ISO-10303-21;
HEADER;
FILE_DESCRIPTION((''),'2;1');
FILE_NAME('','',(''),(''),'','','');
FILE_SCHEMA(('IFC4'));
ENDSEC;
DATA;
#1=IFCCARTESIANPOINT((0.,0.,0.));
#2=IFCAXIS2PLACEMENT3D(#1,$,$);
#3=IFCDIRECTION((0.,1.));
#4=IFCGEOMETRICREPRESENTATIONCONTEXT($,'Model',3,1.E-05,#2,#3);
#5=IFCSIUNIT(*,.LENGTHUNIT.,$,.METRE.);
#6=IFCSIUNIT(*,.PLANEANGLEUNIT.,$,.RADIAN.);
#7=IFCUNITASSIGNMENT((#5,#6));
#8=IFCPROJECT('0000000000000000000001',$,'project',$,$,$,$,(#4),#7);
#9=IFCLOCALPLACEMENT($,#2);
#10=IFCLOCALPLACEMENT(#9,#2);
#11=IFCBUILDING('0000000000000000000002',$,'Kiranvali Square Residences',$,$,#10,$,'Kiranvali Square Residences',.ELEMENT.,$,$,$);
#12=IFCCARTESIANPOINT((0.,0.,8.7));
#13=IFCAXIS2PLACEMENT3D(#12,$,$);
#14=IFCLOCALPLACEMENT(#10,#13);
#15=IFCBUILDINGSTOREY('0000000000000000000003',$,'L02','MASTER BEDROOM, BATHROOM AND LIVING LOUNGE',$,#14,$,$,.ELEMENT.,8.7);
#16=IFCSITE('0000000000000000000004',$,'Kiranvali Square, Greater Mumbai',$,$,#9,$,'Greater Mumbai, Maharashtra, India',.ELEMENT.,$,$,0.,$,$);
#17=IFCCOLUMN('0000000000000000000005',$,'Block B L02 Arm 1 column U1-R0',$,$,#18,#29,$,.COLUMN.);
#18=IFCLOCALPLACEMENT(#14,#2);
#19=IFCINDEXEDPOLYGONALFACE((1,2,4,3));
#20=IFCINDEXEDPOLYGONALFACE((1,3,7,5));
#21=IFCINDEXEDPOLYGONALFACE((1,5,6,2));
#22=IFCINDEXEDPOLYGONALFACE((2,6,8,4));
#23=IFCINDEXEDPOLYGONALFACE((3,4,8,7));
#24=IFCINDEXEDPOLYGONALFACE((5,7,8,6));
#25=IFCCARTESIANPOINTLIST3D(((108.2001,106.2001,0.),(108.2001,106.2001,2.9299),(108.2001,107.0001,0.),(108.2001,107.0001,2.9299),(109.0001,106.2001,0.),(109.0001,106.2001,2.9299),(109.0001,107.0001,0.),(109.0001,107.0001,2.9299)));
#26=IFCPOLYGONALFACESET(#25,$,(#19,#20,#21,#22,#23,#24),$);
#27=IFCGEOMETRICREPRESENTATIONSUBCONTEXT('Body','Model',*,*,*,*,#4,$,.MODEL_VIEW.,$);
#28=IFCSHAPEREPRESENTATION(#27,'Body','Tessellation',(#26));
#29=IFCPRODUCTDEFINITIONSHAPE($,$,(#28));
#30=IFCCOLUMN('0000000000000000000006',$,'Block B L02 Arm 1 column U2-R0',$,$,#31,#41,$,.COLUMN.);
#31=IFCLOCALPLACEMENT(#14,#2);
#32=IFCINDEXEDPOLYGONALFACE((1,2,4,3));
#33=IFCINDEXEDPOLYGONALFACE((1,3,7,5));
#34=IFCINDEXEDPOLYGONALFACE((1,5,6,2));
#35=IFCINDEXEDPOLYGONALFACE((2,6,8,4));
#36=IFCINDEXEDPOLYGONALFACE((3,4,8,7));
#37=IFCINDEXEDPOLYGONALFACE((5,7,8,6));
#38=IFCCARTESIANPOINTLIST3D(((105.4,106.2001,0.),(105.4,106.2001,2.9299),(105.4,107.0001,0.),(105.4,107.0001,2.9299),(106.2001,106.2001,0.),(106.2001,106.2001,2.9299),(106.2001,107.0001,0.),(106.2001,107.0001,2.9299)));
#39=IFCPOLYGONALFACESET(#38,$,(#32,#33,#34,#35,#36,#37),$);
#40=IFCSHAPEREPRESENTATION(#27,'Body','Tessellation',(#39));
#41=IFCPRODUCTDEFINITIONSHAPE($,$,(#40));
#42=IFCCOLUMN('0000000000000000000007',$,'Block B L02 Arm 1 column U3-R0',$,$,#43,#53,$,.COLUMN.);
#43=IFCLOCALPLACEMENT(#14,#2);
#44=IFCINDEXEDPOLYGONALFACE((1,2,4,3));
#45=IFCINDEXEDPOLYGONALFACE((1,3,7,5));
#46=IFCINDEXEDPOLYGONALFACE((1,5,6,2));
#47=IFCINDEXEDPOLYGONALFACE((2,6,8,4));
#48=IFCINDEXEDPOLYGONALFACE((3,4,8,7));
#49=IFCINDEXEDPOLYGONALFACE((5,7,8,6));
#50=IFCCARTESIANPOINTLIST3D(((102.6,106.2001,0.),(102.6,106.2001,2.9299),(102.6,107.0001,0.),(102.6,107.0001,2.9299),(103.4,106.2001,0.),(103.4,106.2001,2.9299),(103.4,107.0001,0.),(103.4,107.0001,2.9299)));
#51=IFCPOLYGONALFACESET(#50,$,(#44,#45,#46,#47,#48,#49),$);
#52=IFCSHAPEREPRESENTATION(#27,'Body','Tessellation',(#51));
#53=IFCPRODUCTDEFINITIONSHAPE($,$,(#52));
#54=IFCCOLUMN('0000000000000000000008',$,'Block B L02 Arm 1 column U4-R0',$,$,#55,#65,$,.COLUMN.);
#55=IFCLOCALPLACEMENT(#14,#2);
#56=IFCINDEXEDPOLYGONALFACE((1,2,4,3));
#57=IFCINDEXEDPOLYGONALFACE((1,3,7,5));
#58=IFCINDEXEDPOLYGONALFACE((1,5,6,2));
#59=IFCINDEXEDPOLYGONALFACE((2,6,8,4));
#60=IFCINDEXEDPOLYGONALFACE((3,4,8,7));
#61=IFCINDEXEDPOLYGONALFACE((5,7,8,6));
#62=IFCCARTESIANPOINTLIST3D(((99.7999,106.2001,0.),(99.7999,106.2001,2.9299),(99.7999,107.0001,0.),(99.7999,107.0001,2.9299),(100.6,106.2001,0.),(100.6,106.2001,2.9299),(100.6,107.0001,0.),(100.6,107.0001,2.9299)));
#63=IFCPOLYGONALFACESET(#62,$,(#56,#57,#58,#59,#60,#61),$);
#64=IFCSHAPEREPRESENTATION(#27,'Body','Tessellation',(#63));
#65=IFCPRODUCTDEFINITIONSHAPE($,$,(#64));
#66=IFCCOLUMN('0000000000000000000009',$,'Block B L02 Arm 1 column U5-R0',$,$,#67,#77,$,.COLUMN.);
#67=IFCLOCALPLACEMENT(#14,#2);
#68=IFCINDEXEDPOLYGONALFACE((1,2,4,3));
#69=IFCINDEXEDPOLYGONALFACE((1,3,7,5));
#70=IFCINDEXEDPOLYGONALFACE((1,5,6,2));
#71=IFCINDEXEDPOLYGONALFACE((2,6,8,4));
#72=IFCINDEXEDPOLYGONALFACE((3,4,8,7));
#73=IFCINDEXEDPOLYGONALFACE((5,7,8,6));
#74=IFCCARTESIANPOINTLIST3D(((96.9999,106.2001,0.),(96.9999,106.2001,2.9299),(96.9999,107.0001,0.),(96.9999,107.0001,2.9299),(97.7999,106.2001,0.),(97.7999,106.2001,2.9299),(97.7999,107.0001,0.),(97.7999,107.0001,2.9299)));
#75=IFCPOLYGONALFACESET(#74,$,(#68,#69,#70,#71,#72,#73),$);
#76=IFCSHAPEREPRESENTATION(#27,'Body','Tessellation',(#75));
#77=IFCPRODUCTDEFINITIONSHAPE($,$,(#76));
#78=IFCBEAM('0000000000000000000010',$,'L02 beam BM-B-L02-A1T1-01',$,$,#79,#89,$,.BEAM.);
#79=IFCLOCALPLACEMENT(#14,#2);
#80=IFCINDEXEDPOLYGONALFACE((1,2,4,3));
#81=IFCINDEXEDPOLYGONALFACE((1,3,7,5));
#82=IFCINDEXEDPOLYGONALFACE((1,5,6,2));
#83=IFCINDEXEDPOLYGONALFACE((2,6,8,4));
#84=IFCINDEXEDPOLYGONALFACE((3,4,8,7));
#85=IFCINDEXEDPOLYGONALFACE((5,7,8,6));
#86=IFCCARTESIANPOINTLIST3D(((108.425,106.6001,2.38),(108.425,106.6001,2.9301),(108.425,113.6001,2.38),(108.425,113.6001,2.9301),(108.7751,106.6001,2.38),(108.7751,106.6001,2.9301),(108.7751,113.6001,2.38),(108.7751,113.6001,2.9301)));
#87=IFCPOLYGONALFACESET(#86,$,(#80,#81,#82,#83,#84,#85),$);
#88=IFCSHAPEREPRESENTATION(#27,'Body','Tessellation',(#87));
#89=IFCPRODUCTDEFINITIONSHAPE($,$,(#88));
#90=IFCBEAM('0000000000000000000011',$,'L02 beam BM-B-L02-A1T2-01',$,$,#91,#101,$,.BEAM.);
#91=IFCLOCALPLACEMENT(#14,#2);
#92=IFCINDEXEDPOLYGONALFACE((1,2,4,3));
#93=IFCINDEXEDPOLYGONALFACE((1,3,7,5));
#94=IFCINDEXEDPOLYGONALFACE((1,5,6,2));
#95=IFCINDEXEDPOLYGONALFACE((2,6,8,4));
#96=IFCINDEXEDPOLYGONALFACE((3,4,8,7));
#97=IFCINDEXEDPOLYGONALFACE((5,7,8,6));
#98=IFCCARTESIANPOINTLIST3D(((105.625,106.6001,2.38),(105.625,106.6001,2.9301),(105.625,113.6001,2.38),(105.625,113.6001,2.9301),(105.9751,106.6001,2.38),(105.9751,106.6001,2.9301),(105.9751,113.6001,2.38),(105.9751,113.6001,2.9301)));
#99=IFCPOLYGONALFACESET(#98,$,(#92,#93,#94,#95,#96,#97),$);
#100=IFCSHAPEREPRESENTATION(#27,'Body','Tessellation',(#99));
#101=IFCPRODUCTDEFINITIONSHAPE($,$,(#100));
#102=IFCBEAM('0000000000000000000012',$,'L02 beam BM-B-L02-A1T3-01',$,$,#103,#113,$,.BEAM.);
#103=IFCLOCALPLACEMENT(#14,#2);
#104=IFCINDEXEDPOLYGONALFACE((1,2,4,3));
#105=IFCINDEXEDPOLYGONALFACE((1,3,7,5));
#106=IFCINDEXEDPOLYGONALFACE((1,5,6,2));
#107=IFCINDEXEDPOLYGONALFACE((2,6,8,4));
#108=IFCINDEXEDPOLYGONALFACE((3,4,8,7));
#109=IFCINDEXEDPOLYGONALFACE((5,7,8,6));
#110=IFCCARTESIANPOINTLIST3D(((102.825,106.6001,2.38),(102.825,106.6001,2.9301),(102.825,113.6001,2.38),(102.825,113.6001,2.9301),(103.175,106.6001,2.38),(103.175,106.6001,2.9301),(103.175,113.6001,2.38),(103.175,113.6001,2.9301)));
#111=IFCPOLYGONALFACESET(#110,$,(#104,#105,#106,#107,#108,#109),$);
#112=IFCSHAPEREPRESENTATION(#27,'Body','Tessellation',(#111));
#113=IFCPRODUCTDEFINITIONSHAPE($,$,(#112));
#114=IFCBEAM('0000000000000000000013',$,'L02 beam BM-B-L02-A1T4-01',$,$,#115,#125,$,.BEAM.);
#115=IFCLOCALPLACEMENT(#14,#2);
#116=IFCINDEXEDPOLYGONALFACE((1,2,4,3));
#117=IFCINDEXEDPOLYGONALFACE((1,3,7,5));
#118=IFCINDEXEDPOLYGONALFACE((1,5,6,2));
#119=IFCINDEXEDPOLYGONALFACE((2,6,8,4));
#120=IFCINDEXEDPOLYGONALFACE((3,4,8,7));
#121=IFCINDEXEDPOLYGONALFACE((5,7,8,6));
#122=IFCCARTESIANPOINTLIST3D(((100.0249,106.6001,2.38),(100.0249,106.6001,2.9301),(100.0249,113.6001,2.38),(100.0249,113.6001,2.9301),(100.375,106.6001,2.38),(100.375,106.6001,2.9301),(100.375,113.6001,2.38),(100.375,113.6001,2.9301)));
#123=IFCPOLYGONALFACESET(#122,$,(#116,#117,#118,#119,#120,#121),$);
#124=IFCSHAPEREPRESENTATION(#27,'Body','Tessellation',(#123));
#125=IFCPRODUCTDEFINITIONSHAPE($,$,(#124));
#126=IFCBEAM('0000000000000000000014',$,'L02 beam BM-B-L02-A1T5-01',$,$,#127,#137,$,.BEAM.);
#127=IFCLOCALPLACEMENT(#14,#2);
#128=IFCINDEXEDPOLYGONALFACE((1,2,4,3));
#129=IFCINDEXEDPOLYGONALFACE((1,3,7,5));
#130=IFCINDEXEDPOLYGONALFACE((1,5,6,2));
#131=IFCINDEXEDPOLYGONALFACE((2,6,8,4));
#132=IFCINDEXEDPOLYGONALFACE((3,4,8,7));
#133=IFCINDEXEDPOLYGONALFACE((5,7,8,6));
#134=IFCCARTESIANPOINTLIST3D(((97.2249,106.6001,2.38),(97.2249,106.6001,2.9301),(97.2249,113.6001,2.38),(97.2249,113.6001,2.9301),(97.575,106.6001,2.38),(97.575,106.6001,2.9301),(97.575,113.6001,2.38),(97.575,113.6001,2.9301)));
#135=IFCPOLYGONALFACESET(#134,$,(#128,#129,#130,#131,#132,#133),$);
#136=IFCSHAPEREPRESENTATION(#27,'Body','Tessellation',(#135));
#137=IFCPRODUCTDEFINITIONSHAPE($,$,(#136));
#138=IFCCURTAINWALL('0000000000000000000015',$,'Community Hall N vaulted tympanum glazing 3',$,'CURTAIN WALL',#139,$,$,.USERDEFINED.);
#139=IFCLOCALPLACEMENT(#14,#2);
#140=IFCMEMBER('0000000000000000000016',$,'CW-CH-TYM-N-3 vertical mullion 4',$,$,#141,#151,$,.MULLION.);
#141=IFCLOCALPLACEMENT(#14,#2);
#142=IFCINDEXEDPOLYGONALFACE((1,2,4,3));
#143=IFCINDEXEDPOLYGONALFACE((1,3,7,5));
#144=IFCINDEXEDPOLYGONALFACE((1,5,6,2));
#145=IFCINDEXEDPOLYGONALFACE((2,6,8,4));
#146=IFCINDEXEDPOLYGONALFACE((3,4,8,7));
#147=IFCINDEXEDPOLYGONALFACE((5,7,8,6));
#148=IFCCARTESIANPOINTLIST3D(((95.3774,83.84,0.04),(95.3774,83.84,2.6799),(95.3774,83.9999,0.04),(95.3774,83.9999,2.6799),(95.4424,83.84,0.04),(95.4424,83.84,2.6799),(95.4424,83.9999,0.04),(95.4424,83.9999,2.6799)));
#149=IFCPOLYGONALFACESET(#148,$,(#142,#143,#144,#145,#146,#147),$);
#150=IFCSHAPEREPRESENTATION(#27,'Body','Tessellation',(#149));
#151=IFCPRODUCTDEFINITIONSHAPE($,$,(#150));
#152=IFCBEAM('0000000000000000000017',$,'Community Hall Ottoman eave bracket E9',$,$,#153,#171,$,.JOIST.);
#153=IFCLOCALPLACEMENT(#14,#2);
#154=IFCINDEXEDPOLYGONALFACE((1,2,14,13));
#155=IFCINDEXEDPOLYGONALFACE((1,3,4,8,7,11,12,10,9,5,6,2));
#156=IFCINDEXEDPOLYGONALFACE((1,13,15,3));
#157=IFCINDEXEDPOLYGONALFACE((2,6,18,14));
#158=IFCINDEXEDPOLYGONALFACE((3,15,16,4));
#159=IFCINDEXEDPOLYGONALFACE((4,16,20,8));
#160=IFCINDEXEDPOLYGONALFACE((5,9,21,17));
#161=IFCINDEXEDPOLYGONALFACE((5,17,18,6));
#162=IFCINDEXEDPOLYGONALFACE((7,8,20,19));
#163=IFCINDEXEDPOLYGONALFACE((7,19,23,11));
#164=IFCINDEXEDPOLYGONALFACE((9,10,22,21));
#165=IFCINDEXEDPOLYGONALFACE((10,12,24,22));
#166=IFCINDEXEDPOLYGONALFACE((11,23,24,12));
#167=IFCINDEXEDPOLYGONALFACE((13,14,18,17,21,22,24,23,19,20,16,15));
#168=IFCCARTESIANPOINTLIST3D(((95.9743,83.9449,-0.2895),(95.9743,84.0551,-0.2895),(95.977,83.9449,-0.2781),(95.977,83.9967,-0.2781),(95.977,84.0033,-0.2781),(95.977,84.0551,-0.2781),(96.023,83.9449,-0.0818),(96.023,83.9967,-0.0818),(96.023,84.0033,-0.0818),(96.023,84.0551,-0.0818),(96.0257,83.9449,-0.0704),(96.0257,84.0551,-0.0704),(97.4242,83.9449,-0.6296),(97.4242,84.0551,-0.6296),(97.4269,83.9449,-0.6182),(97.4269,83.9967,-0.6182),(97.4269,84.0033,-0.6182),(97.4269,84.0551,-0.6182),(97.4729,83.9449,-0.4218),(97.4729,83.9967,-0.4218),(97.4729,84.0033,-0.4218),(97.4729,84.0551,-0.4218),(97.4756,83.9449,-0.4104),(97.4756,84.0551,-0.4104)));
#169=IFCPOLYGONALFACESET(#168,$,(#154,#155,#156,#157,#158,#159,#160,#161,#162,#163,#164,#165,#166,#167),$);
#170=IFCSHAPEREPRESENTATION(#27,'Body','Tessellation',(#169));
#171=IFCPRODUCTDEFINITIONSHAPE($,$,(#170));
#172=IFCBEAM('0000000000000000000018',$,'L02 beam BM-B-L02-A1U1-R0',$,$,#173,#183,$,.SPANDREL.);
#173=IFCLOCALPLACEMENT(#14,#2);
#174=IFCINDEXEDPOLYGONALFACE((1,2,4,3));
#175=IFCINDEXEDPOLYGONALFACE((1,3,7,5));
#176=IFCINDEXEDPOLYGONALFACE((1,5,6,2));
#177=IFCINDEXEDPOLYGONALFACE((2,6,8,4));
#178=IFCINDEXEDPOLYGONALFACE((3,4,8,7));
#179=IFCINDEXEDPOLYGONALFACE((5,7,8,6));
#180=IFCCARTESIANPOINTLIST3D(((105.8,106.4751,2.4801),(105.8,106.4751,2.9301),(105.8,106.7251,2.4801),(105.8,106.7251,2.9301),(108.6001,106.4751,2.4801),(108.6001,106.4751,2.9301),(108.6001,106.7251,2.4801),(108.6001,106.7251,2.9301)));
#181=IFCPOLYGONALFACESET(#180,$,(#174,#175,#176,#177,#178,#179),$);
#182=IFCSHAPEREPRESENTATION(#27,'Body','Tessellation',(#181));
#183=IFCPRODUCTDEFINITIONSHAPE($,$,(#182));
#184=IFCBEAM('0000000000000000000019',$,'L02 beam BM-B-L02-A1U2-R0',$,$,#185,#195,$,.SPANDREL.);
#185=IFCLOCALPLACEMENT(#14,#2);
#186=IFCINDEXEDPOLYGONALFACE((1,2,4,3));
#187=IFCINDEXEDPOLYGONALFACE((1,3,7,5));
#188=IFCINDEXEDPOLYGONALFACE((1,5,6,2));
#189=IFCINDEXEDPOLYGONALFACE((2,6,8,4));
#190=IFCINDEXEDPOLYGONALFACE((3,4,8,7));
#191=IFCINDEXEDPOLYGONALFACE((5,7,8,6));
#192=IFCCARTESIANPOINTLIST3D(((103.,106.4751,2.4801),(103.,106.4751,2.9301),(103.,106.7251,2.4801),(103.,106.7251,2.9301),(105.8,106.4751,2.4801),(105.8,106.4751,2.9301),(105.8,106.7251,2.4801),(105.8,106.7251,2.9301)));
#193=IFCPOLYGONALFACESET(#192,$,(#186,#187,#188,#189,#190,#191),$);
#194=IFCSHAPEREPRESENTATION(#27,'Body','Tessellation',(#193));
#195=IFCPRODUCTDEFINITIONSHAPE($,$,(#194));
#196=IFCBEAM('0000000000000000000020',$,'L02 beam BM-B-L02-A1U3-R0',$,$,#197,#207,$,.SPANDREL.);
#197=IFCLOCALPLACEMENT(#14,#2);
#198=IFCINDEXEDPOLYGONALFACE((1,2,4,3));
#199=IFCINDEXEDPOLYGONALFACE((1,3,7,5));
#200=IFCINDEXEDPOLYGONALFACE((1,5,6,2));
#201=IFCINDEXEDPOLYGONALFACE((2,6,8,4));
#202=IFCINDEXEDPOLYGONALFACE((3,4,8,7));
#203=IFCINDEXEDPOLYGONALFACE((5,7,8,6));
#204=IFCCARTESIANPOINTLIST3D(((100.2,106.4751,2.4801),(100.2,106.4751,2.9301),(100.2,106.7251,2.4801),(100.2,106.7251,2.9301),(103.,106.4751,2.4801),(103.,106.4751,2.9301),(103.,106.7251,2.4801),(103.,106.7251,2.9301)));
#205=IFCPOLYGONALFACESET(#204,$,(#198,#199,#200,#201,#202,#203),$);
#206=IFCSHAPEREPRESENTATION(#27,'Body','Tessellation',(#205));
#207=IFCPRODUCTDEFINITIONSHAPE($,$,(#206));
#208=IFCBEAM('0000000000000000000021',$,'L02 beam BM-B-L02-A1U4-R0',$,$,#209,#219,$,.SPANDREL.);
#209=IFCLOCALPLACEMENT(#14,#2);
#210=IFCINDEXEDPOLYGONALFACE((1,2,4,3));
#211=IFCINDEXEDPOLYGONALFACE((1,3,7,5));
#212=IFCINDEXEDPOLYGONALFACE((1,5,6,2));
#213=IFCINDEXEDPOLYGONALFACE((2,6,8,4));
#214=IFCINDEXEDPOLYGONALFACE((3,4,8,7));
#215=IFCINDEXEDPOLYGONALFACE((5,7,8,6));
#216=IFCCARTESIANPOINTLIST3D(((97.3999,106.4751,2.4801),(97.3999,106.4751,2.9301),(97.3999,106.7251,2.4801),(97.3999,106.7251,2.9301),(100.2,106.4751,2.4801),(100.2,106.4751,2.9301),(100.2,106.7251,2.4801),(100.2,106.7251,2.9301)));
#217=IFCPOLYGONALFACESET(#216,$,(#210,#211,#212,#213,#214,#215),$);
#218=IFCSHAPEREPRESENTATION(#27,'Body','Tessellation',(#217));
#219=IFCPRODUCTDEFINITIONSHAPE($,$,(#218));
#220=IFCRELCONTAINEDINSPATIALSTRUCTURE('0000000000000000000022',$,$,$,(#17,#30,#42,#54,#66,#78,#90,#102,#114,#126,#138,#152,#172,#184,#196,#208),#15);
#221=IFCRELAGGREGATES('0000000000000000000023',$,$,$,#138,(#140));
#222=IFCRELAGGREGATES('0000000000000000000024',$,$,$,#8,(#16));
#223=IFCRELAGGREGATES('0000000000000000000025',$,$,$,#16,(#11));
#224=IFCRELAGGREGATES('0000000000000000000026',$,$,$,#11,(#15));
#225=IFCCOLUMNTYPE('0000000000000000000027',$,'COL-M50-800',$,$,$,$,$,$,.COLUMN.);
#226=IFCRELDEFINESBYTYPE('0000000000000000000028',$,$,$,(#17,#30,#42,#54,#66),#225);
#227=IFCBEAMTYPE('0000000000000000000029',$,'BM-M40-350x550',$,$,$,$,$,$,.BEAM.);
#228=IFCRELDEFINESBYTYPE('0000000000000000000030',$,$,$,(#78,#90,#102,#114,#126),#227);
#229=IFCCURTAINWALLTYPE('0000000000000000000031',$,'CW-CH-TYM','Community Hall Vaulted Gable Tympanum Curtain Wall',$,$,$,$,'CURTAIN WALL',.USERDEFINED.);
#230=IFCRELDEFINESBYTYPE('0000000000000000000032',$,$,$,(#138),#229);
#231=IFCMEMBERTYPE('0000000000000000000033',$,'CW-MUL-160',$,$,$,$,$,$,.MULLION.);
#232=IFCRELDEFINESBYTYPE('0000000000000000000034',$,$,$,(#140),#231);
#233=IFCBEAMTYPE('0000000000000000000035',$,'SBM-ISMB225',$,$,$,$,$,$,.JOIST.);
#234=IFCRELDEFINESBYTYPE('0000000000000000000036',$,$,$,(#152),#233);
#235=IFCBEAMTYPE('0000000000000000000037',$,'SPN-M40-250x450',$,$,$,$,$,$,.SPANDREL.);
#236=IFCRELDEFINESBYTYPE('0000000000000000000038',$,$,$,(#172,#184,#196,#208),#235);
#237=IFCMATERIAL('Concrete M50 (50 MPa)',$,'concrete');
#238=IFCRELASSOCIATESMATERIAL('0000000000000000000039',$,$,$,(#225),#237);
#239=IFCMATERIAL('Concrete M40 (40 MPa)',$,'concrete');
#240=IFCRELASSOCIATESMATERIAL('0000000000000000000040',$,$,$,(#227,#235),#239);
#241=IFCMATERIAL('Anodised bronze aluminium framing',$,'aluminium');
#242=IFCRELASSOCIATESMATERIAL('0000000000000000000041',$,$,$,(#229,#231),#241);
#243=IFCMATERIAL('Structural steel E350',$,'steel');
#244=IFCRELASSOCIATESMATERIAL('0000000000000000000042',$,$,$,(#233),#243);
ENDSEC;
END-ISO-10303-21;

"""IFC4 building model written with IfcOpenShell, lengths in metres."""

from ifc_helpers import new_model, si_unit, direction, frame, origin, origin_2d, place, context, subcontext, project, spatial, rectangle, i_section, extrude, material, material_profile, profile_set, type_object, element, aggregate, save


model = new_model("IFC4")

# Units and contexts
model_context = context("Model", 3, precision=1e-05, world=origin(), true_north=direction((0.0, 1.0)))
body_context = subcontext(model_context, "Body", "Model", "MODEL_VIEW")
ifc_project = project(units=[si_unit("LENGTHUNIT", "METRE"), si_unit("PLANEANGLEUNIT", "RADIAN")], contexts=[model_context])

# Site, building, storey
site_placement = place(None, origin())
site = spatial("IfcSite", under=ifc_project, at=site_placement, Name="Kiranvali Square, Greater Mumbai", LongName="Greater Mumbai, Maharashtra, India", CompositionType="ELEMENT", RefElevation=0.0)
building_placement = place(site_placement, origin())
building = spatial("IfcBuilding", under=site, at=building_placement, Name="Kiranvali Square Residences", LongName="Kiranvali Square Residences", CompositionType="ELEMENT")
storey_placement = place(building_placement, frame((0.0, 0.0, 8.7)))
storey = spatial("IfcBuildingStorey", under=building, at=storey_placement, Name="L02", Description="MASTER BEDROOM, BATHROOM AND LIVING LOUNGE", CompositionType="ELEMENT", Elevation=8.7)

# Columns
ifc_material_1 = material(Name="Concrete M50 (50 MPa)", Category="concrete")
ifc_material_profile_1 = material_profile(ifc_material_1, rectangle(XDim=0.8, YDim=0.8, at=origin_2d()), Name="RC 800x800")
ifc_profile_set_1 = profile_set([ifc_material_profile_1], Name="Concrete M50 (50 MPa)")
column_type = type_object("IfcColumnType", Name="COL-M50-800", PredefinedType="COLUMN", material=ifc_profile_set_1)
for number, where, z_axis, x_axis, name in (
    (1, (108.6001, 106.6001, 0.0), (0.0, 0.0, 1.0), (1.0, 0.0, 0.0), "Block B L02 Arm 1 column U1-R0"),
    (2, (105.8, 106.6001, 0.0), (0.0, 0.0, 1.0), (1.0, 0.0, 0.0), "Block B L02 Arm 1 column U2-R0"),
    (3, (103.0, 106.6001, 0.0), (0.0, 0.0, 1.0), (1.0, 0.0, 0.0), "Block B L02 Arm 1 column U3-R0"),
    (4, (100.2, 106.6001, 0.0), (0.0, 0.0, 1.0), (1.0, 0.0, 0.0), "Block B L02 Arm 1 column U4-R0"),
    (5, (97.3999, 106.6001, 0.0), (0.0, 0.0, 1.0), (1.0, 0.0, 0.0), "Block B L02 Arm 1 column U5-R0"),
):
    element("IfcColumn", number, at=place(storey_placement, frame(where, z_axis=z_axis, x_axis=x_axis)), inside=storey, type_object=column_type, Name=name, PredefinedType="COLUMN", context=body_context, shape_type="SweptSolid", body=[
        extrude(rectangle(XDim=0.8, YDim=0.8, at=origin_2d()), origin(), (0.0, 0.0, 1.0), 2.9299),
    ])

# Beams
ifc_material_2 = material(Name="Concrete M40 (40 MPa)", Category="concrete")
ifc_material_profile_2 = material_profile(ifc_material_2, rectangle(XDim=0.3501, YDim=0.55, at=origin_2d()), Name="RC 350x550")
ifc_profile_set_2 = profile_set([ifc_material_profile_2], Name="Concrete M40 (40 MPa)")
beam_type_1 = type_object("IfcBeamType", Name="BM-M40-350x550", PredefinedType="BEAM", material=ifc_profile_set_2)
for number, where, z_axis, x_axis, name in (
    (6, (108.6001, 106.6001, 2.655), (0.0, 1.0, 0.0), (-1.0, 0.0, 0.0), "L02 beam BM-B-L02-A1T1-01"),
    (7, (105.8, 106.6001, 2.655), (0.0, 1.0, 0.0), (-1.0, 0.0, 0.0), "L02 beam BM-B-L02-A1T2-01"),
    (8, (103.0, 106.6001, 2.655), (0.0, 1.0, 0.0), (-1.0, 0.0, 0.0), "L02 beam BM-B-L02-A1T3-01"),
    (9, (100.2, 106.6001, 2.655), (0.0, 1.0, 0.0), (-1.0, 0.0, 0.0), "L02 beam BM-B-L02-A1T4-01"),
    (10, (97.3999, 106.6001, 2.655), (0.0, 1.0, 0.0), (-1.0, 0.0, 0.0), "L02 beam BM-B-L02-A1T5-01"),
):
    element("IfcBeam", number, at=place(storey_placement, frame(where, z_axis=z_axis, x_axis=x_axis)), inside=storey, type_object=beam_type_1, Name=name, PredefinedType="BEAM", context=body_context, shape_type="SweptSolid", body=[
        extrude(rectangle(XDim=0.3501, YDim=0.55, at=origin_2d()), origin(), (0.0, 0.0, 1.0), 7.0),
    ])

# Curtain wall, member
ifc_material_3 = material(Name="Anodised bronze aluminium framing", Category="aluminium")
curtain_wall_type = type_object("IfcCurtainWallType", Name="CW-CH-TYM", Description="Community Hall Vaulted Gable Tympanum Curtain Wall", ElementType="CURTAIN WALL", PredefinedType="USERDEFINED", material=ifc_material_3)
curtain_wall_placement = place(storey_placement, origin())
curtain_wall = element("IfcCurtainWall", 11, at=curtain_wall_placement, inside=storey, type_object=curtain_wall_type, Name="Community Hall N vaulted tympanum glazing 3", ObjectType="CURTAIN WALL", PredefinedType="USERDEFINED")
ifc_material_profile_3 = material_profile(ifc_material_3, rectangle(XDim=0.0649, YDim=0.1599, at=origin_2d()), Name="ALU 65x160")
ifc_profile_set_3 = profile_set([ifc_material_profile_3], Name="Anodised bronze aluminium framing")
member_type = type_object("IfcMemberType", Name="CW-MUL-160", PredefinedType="MULLION", material=ifc_profile_set_3)
member_placement = place(storey_placement, frame((95.4099, 83.9199, 0.04), z_axis=(0.0, 0.0, 1.0), x_axis=(1.0, 0.0, 0.0)))
member = element("IfcMember", 12, at=member_placement, type_object=member_type, Name="CW-CH-TYM-N-3 vertical mullion 4", PredefinedType="MULLION", context=body_context, shape_type="SweptSolid", body=[
    extrude(rectangle(XDim=0.0649, YDim=0.1599, at=origin_2d()), origin(), (0.0, 0.0, 1.0), 2.6399),
])

# Beams
ifc_material_4 = material(Name="Structural steel E350", Category="steel")
ifc_material_profile_4 = material_profile(ifc_material_4, i_section(OverallWidth=0.1101, OverallDepth=0.2251, WebThickness=0.0066, FlangeThickness=0.0117, at=origin_2d()), Name="ISMB 225")
ifc_profile_set_4 = profile_set([ifc_material_profile_4], Name="Structural steel E350")
beam_type_2 = type_object("IfcBeamType", Name="SBM-ISMB225", PredefinedType="JOIST", material=ifc_profile_set_4)
beam_1_placement = place(storey_placement, frame((96.0, 84.0, -0.1799), z_axis=(0.973578, 0.0, -0.228354), x_axis=(0.0, 1.0, 0.0)))
element("IfcBeam", 13, at=beam_1_placement, inside=storey, type_object=beam_type_2, Name="Community Hall Ottoman eave bracket E9", PredefinedType="JOIST", context=body_context, shape_type="SweptSolid", body=[
    extrude(i_section(OverallWidth=0.1101, OverallDepth=0.2251, WebThickness=0.0066, FlangeThickness=0.0117, at=origin_2d()), origin(), (0.0, 0.0, 1.0), 1.4893),
])
ifc_material_profile_5 = material_profile(ifc_material_2, rectangle(XDim=0.25, YDim=0.45, at=origin_2d()), Name="RC 250x450")
ifc_profile_set_5 = profile_set([ifc_material_profile_5], Name="Concrete M40 (40 MPa)")
beam_type_3 = type_object("IfcBeamType", Name="SPN-M40-250x450", PredefinedType="SPANDREL", material=ifc_profile_set_5)
for number, where, z_axis, x_axis, name in (
    (14, (108.6001, 106.6001, 2.7051), (-1.0, 0.0, 0.0), (0.0, -1.0, 0.0), "L02 beam BM-B-L02-A1U1-R0"),
    (15, (105.8, 106.6001, 2.7051), (-1.0, 0.0, 0.0), (0.0, -1.0, 0.0), "L02 beam BM-B-L02-A1U2-R0"),
    (16, (103.0, 106.6001, 2.7051), (-1.0, 0.0, 0.0), (0.0, -1.0, 0.0), "L02 beam BM-B-L02-A1U3-R0"),
    (17, (100.2, 106.6001, 2.7051), (-1.0, 0.0, 0.0), (0.0, -1.0, 0.0), "L02 beam BM-B-L02-A1U4-R0"),
):
    element("IfcBeam", number, at=place(storey_placement, frame(where, z_axis=z_axis, x_axis=x_axis)), inside=storey, type_object=beam_type_3, Name=name, PredefinedType="SPANDREL", context=body_context, shape_type="SweptSolid", body=[
        extrude(rectangle(XDim=0.25, YDim=0.45, at=origin_2d()), origin(), (0.0, 0.0, 1.0), 2.8),
    ])

aggregate(curtain_wall, [member])

save(model, "model.ifc")
